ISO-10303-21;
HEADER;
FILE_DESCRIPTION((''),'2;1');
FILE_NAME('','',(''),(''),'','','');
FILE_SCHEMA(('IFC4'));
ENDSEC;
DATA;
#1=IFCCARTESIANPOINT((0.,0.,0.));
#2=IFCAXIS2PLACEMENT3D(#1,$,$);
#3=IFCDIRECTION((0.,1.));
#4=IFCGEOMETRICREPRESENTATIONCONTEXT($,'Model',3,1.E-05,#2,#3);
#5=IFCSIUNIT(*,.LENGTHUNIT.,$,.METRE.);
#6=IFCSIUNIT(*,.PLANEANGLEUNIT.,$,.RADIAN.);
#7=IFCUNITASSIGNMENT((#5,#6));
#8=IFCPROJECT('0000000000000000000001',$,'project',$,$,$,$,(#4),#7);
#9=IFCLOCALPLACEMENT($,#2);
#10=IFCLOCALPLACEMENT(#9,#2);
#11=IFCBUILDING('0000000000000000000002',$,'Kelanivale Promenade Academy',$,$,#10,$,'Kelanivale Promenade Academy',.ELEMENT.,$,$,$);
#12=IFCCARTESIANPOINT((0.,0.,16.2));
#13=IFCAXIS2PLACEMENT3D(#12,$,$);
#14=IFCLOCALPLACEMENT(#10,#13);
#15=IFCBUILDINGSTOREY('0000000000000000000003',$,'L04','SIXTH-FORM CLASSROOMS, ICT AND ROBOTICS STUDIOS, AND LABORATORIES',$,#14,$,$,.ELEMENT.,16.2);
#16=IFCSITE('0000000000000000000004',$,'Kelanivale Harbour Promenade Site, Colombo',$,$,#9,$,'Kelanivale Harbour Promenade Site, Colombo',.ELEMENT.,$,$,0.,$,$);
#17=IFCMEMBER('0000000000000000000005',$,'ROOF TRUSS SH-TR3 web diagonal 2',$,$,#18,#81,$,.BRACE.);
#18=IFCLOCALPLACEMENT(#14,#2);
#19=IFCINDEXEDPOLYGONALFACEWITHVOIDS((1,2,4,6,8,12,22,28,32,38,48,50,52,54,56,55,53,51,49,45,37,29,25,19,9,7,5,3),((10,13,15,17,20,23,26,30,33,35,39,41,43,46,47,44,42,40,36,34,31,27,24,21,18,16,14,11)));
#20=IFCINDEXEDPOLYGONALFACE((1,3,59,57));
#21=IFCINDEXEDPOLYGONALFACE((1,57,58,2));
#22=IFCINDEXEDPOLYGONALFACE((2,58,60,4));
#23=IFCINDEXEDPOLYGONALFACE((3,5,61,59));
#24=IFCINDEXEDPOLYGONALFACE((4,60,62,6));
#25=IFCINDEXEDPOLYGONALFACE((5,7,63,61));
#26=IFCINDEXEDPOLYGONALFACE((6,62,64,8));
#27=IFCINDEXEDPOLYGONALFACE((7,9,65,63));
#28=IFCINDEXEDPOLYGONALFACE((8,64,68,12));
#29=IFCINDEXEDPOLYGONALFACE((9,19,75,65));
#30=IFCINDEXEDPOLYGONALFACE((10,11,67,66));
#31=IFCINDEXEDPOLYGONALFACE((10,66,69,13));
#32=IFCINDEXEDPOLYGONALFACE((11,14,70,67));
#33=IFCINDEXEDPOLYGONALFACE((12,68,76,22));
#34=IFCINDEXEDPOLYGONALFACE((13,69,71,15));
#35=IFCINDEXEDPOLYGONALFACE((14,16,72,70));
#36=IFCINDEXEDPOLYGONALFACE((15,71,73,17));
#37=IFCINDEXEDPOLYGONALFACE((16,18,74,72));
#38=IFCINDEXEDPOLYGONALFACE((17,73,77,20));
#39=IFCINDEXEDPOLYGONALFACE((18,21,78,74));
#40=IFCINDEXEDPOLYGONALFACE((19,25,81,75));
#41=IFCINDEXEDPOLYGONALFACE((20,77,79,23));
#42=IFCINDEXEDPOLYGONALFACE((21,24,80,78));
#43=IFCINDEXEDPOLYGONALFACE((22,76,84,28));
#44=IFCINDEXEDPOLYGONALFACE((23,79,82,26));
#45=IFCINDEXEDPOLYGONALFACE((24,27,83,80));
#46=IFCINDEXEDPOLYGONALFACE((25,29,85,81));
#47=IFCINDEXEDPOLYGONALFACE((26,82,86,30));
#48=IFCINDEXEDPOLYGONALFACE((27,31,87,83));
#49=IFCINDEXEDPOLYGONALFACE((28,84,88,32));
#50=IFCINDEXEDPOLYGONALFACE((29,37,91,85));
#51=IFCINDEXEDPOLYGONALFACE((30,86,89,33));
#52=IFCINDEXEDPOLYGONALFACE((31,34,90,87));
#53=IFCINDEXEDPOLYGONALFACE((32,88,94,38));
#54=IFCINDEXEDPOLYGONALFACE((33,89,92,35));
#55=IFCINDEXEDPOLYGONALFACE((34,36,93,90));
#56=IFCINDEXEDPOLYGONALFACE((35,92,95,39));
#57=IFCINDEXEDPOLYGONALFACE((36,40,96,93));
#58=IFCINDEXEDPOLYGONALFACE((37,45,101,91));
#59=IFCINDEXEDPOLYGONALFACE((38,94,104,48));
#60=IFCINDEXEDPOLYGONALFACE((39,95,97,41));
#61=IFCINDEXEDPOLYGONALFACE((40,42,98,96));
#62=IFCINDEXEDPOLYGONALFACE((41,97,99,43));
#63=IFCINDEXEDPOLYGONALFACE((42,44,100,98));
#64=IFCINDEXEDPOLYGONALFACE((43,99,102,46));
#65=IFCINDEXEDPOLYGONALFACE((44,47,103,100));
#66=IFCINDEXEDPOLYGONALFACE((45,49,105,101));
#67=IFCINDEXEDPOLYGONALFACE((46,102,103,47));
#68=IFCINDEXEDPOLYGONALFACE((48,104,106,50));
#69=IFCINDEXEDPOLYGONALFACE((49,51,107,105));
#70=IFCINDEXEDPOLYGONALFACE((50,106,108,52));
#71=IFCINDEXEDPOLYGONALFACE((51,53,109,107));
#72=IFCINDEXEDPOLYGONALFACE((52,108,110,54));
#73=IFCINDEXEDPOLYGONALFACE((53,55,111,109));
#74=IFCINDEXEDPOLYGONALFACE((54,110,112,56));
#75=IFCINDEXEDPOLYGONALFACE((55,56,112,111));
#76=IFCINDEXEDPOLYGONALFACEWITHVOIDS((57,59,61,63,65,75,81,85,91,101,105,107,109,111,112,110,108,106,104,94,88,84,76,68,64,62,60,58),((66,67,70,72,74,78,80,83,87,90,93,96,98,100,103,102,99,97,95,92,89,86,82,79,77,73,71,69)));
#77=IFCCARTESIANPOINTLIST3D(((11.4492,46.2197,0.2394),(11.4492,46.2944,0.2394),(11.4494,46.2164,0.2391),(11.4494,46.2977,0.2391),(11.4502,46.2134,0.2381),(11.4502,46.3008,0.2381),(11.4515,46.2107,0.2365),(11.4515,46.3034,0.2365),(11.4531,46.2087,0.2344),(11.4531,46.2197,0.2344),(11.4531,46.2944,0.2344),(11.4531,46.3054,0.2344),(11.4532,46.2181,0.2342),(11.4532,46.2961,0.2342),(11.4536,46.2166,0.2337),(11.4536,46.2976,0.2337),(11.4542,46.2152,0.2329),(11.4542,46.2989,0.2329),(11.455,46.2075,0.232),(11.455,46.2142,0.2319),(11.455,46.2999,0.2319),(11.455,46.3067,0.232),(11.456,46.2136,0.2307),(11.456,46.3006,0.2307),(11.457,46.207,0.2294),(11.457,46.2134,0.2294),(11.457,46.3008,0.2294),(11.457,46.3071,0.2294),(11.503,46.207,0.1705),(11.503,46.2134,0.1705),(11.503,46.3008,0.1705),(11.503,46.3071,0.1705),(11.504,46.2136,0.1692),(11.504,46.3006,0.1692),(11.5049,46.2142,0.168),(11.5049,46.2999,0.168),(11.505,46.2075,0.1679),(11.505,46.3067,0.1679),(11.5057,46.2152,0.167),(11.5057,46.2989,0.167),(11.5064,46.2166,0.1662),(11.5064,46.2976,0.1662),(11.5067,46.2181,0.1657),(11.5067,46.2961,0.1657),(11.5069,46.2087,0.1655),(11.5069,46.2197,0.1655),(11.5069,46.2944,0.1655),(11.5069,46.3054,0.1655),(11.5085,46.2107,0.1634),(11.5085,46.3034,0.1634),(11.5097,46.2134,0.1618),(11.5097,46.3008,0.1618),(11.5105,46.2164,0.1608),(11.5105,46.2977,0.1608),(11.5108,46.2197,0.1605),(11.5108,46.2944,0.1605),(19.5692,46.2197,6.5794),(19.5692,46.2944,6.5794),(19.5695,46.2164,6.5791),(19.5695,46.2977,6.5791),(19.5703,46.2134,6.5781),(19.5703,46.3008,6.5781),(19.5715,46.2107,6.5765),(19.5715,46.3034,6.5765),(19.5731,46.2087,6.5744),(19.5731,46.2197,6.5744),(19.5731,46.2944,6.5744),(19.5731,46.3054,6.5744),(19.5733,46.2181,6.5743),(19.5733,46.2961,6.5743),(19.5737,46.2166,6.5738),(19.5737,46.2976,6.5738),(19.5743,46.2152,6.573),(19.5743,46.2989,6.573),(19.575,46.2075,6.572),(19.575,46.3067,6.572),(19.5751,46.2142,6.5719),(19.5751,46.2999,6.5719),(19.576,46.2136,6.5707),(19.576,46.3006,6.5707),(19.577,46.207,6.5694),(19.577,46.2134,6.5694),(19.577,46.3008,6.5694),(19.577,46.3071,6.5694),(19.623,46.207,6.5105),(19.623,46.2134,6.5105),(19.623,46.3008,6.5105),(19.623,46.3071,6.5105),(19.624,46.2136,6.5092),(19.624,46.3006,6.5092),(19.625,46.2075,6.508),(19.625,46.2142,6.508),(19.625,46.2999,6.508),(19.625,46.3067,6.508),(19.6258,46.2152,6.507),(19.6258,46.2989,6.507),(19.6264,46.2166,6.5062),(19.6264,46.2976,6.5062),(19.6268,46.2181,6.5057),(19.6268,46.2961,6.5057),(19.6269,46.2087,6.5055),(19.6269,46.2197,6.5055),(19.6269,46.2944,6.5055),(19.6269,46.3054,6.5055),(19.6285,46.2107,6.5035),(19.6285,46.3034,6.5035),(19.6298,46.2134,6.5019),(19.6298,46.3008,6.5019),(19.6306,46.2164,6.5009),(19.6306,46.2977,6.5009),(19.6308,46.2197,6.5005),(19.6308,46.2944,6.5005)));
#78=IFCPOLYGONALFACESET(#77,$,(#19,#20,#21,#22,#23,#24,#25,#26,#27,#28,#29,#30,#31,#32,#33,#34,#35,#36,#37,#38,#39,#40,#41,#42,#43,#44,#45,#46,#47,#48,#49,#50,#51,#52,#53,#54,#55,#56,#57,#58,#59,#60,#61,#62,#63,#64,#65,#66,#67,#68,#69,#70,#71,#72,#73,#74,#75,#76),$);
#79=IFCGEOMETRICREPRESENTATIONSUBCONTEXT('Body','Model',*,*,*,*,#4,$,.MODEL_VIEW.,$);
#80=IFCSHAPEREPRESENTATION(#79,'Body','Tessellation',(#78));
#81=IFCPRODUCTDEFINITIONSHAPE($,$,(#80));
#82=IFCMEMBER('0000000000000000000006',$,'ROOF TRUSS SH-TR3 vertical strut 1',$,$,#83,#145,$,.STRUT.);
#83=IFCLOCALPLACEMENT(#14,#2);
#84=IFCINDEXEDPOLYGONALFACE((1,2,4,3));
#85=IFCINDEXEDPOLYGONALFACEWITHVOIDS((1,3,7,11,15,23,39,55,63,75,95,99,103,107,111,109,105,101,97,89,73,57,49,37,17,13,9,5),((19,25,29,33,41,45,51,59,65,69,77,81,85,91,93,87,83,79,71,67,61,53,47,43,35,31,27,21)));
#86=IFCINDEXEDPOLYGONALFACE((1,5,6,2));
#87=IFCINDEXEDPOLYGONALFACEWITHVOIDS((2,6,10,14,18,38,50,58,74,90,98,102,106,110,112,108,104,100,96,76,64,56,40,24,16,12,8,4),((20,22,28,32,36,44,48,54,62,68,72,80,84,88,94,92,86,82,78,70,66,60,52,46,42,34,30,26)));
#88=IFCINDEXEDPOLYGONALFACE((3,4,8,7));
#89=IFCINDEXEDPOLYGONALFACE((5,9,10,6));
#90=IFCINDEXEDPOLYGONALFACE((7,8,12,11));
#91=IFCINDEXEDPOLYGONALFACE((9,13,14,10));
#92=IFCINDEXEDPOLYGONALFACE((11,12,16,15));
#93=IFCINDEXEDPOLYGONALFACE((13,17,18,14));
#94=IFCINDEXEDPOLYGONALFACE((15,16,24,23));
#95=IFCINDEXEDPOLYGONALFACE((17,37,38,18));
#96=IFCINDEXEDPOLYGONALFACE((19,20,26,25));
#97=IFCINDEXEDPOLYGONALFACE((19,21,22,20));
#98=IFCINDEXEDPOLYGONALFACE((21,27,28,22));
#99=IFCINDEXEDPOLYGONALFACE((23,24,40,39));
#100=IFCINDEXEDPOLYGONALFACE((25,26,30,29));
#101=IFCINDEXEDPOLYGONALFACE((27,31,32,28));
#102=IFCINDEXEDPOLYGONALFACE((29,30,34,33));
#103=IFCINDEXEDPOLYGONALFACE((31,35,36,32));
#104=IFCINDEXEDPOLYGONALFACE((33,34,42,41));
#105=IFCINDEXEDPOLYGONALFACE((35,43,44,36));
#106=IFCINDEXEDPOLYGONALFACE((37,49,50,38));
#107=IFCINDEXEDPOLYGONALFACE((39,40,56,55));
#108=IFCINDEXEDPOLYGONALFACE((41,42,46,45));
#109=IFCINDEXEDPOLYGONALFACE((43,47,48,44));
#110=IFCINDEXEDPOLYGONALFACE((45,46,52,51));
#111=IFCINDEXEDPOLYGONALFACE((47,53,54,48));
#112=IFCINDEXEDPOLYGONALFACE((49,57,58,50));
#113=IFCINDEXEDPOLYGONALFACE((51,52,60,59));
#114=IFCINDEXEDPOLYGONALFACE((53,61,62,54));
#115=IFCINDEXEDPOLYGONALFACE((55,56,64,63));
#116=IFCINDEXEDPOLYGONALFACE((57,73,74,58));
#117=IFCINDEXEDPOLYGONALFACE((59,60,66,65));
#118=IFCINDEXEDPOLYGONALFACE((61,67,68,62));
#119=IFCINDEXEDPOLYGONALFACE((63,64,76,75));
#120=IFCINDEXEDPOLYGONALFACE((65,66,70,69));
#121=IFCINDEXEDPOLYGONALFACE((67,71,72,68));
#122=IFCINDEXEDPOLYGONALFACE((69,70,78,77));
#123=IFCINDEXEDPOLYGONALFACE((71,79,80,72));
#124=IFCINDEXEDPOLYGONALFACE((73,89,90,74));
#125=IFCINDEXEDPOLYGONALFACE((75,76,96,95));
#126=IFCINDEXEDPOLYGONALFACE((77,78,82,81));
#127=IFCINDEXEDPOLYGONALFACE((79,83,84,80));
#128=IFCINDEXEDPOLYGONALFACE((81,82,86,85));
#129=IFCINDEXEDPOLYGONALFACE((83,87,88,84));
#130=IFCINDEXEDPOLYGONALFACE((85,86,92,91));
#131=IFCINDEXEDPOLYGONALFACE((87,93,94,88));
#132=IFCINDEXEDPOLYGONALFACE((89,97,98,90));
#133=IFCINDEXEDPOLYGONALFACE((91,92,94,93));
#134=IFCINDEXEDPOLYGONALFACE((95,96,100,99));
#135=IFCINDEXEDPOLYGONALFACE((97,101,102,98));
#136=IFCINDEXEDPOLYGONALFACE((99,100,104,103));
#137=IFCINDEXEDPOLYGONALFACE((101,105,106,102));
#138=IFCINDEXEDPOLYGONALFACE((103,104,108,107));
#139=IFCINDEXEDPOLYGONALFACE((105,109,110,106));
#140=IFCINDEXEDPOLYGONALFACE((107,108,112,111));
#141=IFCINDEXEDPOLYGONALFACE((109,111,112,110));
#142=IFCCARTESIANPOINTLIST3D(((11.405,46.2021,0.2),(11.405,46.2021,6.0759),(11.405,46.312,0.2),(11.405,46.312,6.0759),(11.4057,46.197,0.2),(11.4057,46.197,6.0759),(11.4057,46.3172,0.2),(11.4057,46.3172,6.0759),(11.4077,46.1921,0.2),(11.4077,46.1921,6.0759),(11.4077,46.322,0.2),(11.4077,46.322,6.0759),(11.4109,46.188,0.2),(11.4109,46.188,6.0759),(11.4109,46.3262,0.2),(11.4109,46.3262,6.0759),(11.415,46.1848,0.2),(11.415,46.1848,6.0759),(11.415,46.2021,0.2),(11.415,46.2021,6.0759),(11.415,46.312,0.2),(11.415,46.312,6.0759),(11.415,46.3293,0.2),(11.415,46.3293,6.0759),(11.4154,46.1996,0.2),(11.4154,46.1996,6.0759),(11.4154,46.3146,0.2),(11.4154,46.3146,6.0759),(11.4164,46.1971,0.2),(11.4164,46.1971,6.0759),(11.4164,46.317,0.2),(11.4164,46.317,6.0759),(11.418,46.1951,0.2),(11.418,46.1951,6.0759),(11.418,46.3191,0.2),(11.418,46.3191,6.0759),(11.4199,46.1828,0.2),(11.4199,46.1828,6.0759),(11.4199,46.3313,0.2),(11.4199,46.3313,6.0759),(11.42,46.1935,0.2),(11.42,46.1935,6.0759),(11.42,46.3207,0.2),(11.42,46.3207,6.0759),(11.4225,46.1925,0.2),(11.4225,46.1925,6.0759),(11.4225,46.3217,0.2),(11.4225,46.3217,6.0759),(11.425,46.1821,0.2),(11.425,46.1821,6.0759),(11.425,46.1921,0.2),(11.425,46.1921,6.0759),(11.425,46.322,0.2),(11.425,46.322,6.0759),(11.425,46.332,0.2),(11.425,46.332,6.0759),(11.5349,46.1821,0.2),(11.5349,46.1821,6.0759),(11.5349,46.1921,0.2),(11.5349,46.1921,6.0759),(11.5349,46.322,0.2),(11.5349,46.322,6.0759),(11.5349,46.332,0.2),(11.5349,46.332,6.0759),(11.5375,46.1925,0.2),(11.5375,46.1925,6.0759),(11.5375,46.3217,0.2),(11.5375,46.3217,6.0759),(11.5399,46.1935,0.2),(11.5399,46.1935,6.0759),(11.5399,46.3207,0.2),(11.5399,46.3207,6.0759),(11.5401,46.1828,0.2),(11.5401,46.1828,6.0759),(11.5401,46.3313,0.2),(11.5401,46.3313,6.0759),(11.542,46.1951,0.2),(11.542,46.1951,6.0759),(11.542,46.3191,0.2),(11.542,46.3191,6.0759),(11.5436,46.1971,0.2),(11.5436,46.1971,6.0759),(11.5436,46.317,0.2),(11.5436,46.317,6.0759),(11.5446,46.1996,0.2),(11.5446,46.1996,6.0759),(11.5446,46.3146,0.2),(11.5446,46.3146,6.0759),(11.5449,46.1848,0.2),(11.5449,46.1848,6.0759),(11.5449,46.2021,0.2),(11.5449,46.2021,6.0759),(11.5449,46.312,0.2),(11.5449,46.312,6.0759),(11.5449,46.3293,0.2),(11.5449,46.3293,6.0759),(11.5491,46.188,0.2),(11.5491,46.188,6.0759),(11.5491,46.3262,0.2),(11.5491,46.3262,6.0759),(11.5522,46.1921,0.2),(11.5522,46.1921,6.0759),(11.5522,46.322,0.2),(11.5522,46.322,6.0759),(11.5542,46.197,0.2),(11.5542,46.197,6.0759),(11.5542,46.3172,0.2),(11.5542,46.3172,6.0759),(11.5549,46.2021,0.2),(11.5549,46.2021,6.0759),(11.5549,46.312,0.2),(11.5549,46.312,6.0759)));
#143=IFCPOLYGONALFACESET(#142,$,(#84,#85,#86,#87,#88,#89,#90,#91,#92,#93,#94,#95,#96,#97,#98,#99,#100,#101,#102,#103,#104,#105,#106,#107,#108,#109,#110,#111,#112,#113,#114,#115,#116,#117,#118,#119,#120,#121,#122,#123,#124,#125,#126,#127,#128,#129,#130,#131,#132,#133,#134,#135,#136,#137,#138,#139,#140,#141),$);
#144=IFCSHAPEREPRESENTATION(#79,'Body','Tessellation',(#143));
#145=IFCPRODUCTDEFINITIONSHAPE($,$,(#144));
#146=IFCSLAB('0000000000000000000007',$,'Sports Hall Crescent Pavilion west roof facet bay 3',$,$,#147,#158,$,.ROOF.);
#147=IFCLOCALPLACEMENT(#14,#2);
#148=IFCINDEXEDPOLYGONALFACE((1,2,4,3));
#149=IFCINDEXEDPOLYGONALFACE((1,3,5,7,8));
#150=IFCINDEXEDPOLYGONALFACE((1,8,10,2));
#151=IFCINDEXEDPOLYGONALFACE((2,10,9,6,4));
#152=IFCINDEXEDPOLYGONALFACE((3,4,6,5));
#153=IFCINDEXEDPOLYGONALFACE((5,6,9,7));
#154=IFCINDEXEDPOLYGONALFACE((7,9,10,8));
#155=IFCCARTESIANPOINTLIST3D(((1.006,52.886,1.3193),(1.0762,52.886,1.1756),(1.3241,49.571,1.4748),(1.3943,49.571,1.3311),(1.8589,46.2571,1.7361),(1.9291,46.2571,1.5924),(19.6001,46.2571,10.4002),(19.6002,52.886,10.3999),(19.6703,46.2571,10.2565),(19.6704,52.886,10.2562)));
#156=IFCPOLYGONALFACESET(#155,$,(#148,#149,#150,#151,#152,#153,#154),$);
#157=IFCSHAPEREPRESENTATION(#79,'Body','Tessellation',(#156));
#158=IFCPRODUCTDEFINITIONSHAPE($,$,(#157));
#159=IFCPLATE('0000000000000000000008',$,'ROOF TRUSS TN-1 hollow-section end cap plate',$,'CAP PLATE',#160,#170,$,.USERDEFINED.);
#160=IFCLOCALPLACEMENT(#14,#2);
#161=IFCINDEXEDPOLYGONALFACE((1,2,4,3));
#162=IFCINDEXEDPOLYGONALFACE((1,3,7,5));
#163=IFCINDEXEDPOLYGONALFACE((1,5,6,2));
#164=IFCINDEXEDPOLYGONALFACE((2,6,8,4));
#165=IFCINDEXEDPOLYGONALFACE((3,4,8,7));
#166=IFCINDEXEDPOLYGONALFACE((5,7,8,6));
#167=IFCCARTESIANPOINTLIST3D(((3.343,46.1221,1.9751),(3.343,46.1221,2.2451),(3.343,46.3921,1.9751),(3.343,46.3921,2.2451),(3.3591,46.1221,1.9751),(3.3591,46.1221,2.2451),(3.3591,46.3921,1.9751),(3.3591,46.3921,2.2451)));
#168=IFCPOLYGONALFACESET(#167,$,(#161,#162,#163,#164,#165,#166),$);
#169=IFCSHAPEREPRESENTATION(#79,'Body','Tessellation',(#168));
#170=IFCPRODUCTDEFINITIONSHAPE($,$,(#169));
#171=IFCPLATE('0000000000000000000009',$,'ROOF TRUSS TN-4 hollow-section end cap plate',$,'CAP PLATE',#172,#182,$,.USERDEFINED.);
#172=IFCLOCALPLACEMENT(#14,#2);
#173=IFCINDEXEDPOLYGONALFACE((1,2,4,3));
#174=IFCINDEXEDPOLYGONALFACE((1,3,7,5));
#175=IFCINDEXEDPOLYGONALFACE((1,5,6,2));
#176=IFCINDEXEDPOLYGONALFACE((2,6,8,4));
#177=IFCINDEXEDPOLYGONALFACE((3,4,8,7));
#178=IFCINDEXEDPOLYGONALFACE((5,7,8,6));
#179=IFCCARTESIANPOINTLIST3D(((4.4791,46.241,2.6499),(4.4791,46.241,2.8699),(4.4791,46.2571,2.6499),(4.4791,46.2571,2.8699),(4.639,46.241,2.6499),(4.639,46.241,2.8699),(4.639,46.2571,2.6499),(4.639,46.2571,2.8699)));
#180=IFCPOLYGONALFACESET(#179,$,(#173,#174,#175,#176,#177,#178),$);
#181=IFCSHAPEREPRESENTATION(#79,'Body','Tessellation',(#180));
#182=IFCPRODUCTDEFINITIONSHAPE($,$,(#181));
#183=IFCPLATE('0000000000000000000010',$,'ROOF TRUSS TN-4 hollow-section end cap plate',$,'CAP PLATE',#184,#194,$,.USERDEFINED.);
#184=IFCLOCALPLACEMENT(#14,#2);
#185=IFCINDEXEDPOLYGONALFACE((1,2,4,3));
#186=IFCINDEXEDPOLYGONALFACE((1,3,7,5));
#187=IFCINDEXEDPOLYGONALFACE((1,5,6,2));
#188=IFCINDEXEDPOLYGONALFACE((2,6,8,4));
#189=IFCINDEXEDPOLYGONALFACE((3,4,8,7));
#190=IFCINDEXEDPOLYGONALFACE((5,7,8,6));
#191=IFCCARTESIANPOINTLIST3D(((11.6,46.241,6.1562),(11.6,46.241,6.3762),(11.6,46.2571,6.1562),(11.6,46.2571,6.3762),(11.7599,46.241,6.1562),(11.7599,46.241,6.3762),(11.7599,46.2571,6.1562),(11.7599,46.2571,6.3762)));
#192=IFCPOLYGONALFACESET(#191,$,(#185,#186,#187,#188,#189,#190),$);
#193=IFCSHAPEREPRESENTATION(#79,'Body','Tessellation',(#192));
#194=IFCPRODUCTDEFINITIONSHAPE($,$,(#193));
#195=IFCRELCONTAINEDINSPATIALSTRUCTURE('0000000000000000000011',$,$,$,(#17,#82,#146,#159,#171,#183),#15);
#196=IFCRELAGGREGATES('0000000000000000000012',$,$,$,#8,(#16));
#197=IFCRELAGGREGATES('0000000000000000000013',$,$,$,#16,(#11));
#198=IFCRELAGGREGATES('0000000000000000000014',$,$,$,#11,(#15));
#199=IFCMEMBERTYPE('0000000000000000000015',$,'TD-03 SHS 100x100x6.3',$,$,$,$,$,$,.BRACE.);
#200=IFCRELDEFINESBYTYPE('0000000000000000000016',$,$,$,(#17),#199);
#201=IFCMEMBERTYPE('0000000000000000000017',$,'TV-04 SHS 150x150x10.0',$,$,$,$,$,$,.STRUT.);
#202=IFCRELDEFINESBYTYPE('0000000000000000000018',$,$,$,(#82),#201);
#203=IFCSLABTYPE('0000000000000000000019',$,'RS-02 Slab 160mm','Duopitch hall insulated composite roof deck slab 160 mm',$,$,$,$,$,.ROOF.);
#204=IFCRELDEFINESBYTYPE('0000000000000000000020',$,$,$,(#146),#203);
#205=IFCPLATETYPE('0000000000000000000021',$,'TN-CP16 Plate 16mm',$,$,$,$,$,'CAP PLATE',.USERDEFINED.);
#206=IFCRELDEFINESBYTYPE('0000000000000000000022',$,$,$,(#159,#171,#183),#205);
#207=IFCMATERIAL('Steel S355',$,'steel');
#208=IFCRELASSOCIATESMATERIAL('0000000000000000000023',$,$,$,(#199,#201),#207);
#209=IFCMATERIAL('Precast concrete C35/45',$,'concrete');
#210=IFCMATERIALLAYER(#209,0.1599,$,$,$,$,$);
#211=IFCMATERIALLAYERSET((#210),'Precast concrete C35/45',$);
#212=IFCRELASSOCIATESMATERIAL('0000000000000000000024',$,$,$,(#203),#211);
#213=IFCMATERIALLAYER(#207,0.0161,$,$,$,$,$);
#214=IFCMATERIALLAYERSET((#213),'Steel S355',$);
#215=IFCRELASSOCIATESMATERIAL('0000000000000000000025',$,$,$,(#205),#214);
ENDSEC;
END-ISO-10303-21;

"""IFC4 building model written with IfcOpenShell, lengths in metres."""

from ifc_helpers import new_model, si_unit, direction, frame, origin, origin_2d, place, context, subcontext, project, spatial, polyline, rectangle, hollow_rectangle, outline, extrude, material, layer, layer_set, material_profile, profile_set, type_object, element, save


model = new_model("IFC4")

# Units and contexts
model_context = context("Model", 3, precision=1e-05, world=origin(), true_north=direction((0.0, 1.0)))
body_context = subcontext(model_context, "Body", "Model", "MODEL_VIEW")
ifc_project = project(units=[si_unit("LENGTHUNIT", "METRE"), si_unit("PLANEANGLEUNIT", "RADIAN")], contexts=[model_context])

# Site, building, storey
site_placement = place(None, origin())
site = spatial("IfcSite", under=ifc_project, at=site_placement, Name="Kelanivale Harbour Promenade Site, Colombo", LongName="Kelanivale Harbour Promenade Site, Colombo", CompositionType="ELEMENT", RefElevation=0.0)
building_placement = place(site_placement, origin())
building = spatial("IfcBuilding", under=site, at=building_placement, Name="Kelanivale Promenade Academy", LongName="Kelanivale Promenade Academy", CompositionType="ELEMENT")
storey_placement = place(building_placement, frame((0.0, 0.0, 16.2)))
storey = spatial("IfcBuildingStorey", under=building, at=storey_placement, Name="L04", Description="SIXTH-FORM CLASSROOMS, ICT AND ROBOTICS STUDIOS, AND LABORATORIES", CompositionType="ELEMENT", Elevation=16.2)

# Shared definitions
ifc_material_1 = material(Name="Steel S355", Category="steel")

# Members
ifc_material_profile_1 = material_profile(ifc_material_1, hollow_rectangle(XDim=0.1001, YDim=0.1001, WallThickness=0.0063, InnerFilletRadius=0.0063, OuterFilletRadius=0.0127, at=origin_2d()), Name="SHS 100x100x6.3")
ifc_profile_set_1 = profile_set([ifc_material_profile_1], Name="Steel S355")
member_type_1 = type_object("IfcMemberType", Name="TD-03 SHS 100x100x6.3", PredefinedType="BRACE", material=ifc_profile_set_1)
member_1_placement = place(storey_placement, frame((11.48, 46.2571, 0.2), z_axis=(0.788201, 0.0, 0.615418), x_axis=(0.0, 1.0, 0.0)))
element("IfcMember", 1, at=member_1_placement, inside=storey, type_object=member_type_1, Name="ROOF TRUSS SH-TR3 web diagonal 2", PredefinedType="BRACE", context=body_context, shape_type="SweptSolid", body=[
    extrude(hollow_rectangle(XDim=0.1001, YDim=0.1001, WallThickness=0.0063, InnerFilletRadius=0.0063, OuterFilletRadius=0.0127, at=origin_2d()), origin(), (0.0, 0.0, 1.0), 10.302),
])
ifc_material_profile_2 = material_profile(ifc_material_1, hollow_rectangle(XDim=0.1499, YDim=0.1499, WallThickness=0.01, InnerFilletRadius=0.01, OuterFilletRadius=0.02, at=origin_2d()), Name="SHS 150x150x10.0")
ifc_profile_set_2 = profile_set([ifc_material_profile_2], Name="Steel S355")
member_type_2 = type_object("IfcMemberType", Name="TV-04 SHS 150x150x10.0", PredefinedType="STRUT", material=ifc_profile_set_2)
member_2_placement = place(storey_placement, frame((11.48, 46.2571, 0.2), z_axis=(0.0, 0.0, 1.0), x_axis=(1.0, 0.0, 0.0)))
element("IfcMember", 2, at=member_2_placement, inside=storey, type_object=member_type_2, Name="ROOF TRUSS SH-TR3 vertical strut 1", PredefinedType="STRUT", context=body_context, shape_type="SweptSolid", body=[
    extrude(hollow_rectangle(XDim=0.1499, YDim=0.1499, WallThickness=0.01, InnerFilletRadius=0.01, OuterFilletRadius=0.02, at=origin_2d()), origin(), (0.0, 0.0, 1.0), 5.876),
])

# Slab
ifc_material_2 = material(Name="Precast concrete C35/45", Category="concrete")
ifc_layer_1 = layer(ifc_material_2, 0.1599)
ifc_layer_set_1 = layer_set([ifc_layer_1], Name="Precast concrete C35/45")
slab_type = type_object("IfcSlabType", Name="RS-02 Slab 160mm", Description="Duopitch hall insulated composite roof deck slab 160 mm", PredefinedType="ROOF", material=ifc_layer_set_1)
slab_placement = place(storey_placement, frame((1.8589, 46.2571, 1.7361), z_axis=(-0.438826, 0.000037, 0.898572), x_axis=(0.898572, 0.0, 0.438826)))
element("IfcSlab", 3, at=slab_placement, inside=storey, type_object=slab_type, Name="Sports Hall Crescent Pavilion west roof facet bay 3", PredefinedType="ROOF", context=body_context, shape_type="SweptSolid", body=[
    extrude(outline(polyline([(0.0, 0.0), (19.7438, 0.0), (19.7438, 6.6289), (-0.9493, 6.6289), (-0.5952, 3.314), (0.0, 0.0)])), origin(), (0.0, 0.0, -1.0), 0.1599),
])

# Plates
ifc_layer_2 = layer(ifc_material_1, 0.0161)
ifc_layer_set_2 = layer_set([ifc_layer_2], Name="Steel S355")
plate_type_1 = type_object("IfcPlateType", Name="TN-CP16 Plate 16mm", ElementType="CAP PLATE", PredefinedType="USERDEFINED", material=ifc_layer_set_2)
plate_1_placement = place(storey_placement, frame((3.3511, 46.2571, 1.9751), z_axis=(0.0, 0.0, 1.0), x_axis=(-1.0, 0.0, 0.0)))
element("IfcPlate", 4, at=plate_1_placement, inside=storey, type_object=plate_type_1, Name="ROOF TRUSS TN-1 hollow-section end cap plate", ObjectType="CAP PLATE", PredefinedType="USERDEFINED", context=body_context, shape_type="SweptSolid", body=[
    extrude(rectangle(XDim=0.0161, YDim=0.27, at=origin_2d()), origin(), (0.0, 0.0, 1.0), 0.27),
])
for number, where, z_axis, x_axis, name in (
    (5, (4.5591, 46.249, 2.6499), (0.0, 0.0, 1.0), (0.0, -1.0, 0.0), "ROOF TRUSS TN-4 hollow-section end cap plate"),
    (6, (11.6799, 46.249, 6.1562), (0.0, 0.0, 1.0), (0.0, -1.0, 0.0), "ROOF TRUSS TN-4 hollow-section end cap plate"),
):
    element("IfcPlate", number, at=place(storey_placement, frame(where, z_axis=z_axis, x_axis=x_axis)), inside=storey, type_object=plate_type_1, Name=name, ObjectType="CAP PLATE", PredefinedType="USERDEFINED", context=body_context, shape_type="SweptSolid", body=[
        extrude(rectangle(XDim=0.0161, YDim=0.1599, at=origin_2d()), origin(), (0.0, 0.0, 1.0), 0.22),
    ])

save(model, "model.ifc")
